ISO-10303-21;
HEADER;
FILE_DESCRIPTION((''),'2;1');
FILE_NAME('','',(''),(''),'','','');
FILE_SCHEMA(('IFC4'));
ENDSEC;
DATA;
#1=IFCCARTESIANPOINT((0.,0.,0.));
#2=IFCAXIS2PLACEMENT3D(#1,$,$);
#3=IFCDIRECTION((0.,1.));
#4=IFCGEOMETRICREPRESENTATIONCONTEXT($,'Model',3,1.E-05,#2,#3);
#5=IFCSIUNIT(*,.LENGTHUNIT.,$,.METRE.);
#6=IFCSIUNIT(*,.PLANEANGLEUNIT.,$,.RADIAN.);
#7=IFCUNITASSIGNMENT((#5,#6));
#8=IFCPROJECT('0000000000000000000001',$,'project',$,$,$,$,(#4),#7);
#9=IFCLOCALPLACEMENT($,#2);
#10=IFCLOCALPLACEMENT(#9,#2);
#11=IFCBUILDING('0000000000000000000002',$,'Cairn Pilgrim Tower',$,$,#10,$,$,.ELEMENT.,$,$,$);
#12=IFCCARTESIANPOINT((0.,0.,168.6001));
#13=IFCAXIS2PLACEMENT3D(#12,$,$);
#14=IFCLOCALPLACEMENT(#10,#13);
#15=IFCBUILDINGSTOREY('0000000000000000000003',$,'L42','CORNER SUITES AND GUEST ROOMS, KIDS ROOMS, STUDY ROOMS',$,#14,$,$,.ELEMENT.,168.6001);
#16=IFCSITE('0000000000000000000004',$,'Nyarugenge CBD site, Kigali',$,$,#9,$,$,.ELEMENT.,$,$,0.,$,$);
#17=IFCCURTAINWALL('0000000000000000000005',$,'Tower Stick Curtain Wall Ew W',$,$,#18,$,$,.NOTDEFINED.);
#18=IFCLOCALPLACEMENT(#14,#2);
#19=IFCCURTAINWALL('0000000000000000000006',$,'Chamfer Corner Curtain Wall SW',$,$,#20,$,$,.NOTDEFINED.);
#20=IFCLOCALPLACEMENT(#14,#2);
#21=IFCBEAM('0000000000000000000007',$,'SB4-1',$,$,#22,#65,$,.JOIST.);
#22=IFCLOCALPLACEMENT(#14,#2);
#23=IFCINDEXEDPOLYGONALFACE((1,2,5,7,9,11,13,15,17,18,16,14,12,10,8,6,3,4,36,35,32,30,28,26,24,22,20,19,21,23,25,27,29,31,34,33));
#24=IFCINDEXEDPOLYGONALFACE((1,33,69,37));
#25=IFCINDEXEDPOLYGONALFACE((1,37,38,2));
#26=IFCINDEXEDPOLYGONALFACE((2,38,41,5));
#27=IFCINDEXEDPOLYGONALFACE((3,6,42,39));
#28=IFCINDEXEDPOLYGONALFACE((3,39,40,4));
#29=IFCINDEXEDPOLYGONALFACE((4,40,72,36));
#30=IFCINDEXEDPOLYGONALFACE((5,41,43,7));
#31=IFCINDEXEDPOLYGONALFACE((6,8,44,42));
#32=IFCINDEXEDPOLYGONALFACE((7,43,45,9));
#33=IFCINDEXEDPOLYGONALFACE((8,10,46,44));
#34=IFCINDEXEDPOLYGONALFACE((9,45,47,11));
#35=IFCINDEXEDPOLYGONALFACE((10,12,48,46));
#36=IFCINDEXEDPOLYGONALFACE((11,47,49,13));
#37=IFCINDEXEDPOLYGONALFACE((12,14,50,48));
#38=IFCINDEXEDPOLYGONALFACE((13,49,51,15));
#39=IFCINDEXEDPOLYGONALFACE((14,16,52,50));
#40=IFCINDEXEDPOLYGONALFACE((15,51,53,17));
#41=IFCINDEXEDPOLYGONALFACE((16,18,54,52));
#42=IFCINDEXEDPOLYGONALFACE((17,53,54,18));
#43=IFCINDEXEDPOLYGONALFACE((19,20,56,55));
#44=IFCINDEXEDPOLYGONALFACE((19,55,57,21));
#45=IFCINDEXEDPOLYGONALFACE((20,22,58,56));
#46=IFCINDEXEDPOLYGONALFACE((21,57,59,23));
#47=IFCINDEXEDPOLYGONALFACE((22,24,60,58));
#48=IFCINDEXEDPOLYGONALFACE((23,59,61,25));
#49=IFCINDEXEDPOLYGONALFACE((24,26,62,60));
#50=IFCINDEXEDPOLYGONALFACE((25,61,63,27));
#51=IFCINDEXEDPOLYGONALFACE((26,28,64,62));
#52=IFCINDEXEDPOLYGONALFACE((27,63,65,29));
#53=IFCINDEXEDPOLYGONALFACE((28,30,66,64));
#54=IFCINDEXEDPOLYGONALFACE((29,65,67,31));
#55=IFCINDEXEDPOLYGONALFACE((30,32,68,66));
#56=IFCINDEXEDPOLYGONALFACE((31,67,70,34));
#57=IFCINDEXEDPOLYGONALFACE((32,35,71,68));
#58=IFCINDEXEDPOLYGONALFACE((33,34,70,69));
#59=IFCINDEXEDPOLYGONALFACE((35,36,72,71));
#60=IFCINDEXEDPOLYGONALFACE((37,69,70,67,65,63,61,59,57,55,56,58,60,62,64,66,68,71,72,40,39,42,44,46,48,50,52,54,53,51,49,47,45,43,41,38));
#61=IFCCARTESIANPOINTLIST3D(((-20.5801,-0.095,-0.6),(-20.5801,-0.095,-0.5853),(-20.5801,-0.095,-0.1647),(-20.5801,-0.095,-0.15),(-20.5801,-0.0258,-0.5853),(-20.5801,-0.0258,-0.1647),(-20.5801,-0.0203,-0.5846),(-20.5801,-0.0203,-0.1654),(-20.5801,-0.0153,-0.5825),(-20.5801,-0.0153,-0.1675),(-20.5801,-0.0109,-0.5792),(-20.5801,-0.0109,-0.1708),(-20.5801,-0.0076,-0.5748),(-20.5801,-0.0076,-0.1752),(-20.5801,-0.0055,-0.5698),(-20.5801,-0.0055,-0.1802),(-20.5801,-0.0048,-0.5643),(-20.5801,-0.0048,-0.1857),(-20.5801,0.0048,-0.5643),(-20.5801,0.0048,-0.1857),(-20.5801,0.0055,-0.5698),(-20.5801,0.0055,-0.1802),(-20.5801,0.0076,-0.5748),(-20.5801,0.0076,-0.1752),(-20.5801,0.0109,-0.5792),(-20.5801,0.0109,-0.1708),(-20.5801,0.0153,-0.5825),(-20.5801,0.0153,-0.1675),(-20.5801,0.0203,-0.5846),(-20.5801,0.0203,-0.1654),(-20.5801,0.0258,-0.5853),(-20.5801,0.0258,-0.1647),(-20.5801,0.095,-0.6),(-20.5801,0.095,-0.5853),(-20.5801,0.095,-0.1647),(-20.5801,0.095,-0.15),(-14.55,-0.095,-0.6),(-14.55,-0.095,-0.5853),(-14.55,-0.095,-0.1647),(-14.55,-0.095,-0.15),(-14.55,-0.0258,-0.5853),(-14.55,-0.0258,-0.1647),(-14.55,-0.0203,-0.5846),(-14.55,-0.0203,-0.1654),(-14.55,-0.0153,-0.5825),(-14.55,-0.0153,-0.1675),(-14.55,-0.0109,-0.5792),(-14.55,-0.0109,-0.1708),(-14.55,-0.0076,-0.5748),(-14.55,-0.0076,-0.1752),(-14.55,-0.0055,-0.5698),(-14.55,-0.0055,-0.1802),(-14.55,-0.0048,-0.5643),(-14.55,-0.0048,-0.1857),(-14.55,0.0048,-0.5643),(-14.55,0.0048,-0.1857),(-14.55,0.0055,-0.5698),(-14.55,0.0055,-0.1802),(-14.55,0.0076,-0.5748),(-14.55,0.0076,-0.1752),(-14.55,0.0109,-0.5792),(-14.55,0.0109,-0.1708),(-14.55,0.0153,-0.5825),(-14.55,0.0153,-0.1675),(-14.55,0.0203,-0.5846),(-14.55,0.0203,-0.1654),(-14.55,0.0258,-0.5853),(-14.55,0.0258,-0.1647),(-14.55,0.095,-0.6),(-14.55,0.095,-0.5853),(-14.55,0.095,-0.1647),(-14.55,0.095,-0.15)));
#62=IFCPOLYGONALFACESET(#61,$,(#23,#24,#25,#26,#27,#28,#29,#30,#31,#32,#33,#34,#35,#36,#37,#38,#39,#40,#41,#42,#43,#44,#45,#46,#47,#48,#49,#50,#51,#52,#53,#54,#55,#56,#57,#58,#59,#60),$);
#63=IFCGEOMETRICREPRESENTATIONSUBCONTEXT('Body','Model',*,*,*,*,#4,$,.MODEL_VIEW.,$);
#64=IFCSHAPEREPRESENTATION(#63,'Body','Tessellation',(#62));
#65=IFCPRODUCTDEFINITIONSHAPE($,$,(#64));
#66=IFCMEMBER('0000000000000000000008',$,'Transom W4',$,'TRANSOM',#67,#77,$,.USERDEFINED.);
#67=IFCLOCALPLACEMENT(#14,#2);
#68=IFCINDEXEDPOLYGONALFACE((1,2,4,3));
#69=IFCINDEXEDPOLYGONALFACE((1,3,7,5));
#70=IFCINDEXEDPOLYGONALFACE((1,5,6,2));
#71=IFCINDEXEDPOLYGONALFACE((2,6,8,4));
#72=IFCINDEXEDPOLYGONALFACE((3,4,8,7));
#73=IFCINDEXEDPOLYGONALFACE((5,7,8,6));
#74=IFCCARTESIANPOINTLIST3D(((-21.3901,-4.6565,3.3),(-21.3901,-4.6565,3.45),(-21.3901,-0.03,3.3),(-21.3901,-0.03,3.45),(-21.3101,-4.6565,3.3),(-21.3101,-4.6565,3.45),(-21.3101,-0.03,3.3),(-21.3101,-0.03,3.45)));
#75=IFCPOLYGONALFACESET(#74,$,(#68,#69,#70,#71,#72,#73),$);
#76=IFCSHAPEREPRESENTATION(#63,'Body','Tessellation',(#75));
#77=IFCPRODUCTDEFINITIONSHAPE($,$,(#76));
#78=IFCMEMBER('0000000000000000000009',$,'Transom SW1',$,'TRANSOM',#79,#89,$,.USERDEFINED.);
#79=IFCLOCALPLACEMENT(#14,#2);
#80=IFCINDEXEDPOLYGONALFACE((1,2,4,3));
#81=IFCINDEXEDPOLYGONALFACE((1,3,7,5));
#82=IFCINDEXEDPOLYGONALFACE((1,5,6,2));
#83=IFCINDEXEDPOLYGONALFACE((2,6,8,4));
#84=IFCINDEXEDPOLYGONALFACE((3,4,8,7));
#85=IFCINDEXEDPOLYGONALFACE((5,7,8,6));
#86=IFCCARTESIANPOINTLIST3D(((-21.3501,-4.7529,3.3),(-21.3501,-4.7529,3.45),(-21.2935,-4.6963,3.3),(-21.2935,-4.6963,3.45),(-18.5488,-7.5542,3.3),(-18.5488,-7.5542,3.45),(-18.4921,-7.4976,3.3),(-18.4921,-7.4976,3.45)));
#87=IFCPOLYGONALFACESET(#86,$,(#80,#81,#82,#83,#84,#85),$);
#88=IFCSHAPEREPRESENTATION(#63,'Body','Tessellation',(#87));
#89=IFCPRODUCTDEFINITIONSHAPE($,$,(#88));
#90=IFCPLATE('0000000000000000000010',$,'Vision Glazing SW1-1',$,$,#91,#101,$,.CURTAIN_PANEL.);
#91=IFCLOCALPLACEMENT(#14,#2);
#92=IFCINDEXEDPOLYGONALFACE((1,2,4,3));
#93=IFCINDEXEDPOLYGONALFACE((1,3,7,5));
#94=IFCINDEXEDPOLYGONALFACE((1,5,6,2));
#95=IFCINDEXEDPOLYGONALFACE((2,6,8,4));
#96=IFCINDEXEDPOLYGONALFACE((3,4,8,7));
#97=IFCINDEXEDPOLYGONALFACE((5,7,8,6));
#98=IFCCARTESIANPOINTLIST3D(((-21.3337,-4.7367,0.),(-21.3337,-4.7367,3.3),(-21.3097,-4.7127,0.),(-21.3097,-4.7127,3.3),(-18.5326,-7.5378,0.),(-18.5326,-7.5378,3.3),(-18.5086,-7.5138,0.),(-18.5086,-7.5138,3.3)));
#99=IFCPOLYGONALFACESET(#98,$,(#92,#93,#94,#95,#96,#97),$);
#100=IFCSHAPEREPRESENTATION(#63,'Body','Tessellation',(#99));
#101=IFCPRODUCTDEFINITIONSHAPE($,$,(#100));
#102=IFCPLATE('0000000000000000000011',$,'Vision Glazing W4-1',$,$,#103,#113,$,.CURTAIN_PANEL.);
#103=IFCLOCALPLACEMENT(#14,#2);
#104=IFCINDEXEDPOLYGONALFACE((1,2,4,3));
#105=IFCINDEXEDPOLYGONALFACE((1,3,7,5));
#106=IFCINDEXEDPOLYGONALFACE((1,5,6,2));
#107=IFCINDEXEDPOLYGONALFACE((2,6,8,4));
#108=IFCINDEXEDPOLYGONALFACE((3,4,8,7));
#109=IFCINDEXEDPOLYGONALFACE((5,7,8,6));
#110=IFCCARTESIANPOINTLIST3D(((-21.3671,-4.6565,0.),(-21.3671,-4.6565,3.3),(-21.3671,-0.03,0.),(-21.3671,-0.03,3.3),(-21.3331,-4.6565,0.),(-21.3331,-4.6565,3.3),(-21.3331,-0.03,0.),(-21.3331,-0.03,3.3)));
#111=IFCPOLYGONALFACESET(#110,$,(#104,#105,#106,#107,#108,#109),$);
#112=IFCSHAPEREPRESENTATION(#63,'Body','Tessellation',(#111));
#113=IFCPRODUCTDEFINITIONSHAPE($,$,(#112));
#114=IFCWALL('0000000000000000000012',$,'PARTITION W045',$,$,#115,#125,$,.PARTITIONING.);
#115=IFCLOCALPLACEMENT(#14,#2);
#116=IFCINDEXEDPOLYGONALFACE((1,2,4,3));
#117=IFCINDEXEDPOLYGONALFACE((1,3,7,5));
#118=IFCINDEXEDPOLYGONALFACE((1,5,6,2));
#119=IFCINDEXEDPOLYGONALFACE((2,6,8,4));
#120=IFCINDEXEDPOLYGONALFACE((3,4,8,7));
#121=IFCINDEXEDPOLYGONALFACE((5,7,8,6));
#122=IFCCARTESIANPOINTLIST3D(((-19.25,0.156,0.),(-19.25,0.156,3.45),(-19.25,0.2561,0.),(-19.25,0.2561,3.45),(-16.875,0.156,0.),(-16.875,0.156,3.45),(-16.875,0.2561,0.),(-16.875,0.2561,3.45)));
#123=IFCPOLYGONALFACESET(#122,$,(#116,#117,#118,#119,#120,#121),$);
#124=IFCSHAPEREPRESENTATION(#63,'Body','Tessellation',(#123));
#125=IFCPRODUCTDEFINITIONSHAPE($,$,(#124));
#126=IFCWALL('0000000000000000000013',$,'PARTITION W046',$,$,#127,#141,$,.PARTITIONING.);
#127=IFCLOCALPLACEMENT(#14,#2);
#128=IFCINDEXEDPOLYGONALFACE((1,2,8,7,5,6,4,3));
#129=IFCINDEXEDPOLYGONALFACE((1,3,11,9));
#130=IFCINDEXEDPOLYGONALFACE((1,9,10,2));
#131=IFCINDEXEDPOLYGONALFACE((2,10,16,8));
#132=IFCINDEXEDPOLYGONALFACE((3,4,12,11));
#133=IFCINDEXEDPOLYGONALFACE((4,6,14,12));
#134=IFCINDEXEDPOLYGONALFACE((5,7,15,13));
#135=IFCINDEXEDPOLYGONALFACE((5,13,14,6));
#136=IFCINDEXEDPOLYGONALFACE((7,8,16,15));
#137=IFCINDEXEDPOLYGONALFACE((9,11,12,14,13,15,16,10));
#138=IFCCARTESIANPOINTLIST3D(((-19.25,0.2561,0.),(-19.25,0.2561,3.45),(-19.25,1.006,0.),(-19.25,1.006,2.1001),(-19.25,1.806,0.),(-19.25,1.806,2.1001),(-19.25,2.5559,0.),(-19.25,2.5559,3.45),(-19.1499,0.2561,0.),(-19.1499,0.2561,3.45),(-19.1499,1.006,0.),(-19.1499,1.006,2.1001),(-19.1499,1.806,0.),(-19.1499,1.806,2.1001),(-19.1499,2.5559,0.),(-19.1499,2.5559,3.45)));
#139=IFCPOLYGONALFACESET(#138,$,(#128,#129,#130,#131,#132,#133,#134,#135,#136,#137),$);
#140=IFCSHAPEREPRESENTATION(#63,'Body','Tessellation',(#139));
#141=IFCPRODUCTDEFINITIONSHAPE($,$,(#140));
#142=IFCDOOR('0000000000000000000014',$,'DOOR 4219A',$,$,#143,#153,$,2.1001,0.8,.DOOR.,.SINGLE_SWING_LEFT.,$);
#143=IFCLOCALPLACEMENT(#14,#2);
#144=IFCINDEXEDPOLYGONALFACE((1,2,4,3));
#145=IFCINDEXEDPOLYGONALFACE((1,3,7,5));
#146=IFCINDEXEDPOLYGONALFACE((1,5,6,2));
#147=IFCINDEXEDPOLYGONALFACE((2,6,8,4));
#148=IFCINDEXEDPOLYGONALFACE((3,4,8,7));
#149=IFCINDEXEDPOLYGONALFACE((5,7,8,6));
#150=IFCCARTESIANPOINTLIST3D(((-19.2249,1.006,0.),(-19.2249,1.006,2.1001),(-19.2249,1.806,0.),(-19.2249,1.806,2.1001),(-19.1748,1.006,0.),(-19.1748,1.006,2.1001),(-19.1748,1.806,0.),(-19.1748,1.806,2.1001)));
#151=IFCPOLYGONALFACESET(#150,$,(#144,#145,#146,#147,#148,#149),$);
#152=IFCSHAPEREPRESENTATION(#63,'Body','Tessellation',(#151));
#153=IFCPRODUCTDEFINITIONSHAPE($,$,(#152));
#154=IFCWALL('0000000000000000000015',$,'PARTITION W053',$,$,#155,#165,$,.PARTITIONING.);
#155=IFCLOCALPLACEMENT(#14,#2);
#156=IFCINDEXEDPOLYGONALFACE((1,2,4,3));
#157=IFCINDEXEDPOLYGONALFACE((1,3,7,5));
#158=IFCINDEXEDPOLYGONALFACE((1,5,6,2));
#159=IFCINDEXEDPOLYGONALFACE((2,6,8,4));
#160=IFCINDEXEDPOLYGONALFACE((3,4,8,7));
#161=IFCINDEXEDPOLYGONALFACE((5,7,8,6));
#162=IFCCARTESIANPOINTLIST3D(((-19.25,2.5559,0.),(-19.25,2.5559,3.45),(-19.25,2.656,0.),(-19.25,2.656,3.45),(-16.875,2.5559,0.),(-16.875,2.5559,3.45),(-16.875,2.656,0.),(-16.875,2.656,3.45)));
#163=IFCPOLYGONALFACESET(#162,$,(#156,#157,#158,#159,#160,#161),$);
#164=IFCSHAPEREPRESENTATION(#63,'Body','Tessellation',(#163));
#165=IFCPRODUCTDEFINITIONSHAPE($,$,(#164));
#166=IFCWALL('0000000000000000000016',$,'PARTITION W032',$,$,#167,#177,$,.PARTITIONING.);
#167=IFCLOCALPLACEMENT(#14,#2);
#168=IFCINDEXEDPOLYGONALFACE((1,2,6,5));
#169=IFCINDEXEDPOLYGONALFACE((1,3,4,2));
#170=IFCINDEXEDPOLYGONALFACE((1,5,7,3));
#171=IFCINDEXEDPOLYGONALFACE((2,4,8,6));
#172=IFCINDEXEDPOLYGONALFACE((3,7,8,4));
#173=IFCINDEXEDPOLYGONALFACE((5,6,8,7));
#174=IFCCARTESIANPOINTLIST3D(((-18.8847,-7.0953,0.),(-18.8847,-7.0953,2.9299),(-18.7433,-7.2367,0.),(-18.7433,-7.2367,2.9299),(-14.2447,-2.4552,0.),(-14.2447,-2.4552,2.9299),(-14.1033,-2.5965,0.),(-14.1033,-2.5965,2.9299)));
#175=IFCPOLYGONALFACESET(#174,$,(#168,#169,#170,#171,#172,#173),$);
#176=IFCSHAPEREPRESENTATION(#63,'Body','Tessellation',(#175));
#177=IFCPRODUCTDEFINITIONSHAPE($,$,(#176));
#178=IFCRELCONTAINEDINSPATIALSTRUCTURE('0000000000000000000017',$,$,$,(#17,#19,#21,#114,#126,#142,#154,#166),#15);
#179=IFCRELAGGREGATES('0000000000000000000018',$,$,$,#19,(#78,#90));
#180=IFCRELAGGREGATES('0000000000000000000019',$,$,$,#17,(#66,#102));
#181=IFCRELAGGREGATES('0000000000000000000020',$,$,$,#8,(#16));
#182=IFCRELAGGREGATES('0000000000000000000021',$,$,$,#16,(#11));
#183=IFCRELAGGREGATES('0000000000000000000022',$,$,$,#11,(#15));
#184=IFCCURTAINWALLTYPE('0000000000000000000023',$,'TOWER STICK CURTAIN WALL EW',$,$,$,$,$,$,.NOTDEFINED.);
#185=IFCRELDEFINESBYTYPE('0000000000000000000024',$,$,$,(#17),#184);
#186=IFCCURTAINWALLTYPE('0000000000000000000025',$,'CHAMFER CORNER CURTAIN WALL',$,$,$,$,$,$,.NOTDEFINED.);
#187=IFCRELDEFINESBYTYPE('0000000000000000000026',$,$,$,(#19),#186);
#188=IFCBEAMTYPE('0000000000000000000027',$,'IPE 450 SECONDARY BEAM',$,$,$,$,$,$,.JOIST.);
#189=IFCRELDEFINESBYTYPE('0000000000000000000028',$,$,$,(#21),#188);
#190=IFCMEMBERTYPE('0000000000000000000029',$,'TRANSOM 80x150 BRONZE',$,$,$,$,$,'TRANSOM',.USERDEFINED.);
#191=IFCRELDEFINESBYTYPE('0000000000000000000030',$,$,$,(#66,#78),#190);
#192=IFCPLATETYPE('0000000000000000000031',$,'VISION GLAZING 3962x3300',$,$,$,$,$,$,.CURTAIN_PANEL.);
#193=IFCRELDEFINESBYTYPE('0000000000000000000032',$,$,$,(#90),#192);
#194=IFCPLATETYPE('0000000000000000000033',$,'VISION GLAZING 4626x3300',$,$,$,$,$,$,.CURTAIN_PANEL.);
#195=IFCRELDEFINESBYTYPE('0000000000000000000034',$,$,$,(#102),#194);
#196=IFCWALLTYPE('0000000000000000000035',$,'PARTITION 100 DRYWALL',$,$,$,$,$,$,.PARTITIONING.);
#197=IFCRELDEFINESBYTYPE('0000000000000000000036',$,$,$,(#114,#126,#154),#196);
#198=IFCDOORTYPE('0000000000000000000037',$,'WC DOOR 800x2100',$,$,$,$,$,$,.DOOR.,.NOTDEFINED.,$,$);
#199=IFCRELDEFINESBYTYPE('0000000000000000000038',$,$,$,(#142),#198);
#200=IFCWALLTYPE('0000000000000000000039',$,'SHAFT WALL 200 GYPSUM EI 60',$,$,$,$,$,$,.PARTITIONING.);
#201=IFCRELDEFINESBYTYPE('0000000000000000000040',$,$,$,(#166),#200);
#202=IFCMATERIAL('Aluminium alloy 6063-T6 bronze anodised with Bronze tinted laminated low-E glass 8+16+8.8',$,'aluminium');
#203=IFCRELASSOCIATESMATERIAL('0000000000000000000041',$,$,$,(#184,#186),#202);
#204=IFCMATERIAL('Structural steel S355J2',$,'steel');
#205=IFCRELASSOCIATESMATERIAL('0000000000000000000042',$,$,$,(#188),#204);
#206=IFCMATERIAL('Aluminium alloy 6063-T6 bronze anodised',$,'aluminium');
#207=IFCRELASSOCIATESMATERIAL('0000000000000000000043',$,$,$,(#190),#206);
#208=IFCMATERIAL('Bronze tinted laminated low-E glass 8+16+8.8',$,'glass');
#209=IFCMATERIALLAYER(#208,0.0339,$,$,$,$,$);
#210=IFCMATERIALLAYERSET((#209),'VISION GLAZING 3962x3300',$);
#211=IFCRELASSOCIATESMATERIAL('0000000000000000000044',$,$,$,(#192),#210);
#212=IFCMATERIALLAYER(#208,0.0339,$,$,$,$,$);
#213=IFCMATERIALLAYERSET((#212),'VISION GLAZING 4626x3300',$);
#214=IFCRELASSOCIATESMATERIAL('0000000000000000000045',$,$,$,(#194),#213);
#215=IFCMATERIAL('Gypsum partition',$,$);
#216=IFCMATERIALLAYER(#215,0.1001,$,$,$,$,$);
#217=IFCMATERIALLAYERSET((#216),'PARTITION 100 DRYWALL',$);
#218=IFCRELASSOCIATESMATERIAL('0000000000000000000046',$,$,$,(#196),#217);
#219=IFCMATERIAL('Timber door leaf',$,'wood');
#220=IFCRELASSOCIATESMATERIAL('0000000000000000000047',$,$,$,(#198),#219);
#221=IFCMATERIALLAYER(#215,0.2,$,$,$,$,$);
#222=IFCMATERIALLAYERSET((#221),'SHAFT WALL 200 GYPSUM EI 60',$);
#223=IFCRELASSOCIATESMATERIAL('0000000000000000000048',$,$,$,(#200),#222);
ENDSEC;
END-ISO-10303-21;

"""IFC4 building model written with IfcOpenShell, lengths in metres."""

from ifc_helpers import new_model, si_unit, direction, frame, frame_2d, origin, origin_2d, place, context, subcontext, project, spatial, rectangle, i_section, extrude, material, layer, layer_set, material_profile, profile_set, type_object, element, fill, aggregate, save


model = new_model("IFC4")

# Units and contexts
model_context = context("Model", 3, precision=1e-05, world=origin(), true_north=direction((0.0, 1.0)))
body_context = subcontext(model_context, "Body", "Model", "MODEL_VIEW")
ifc_project = project(units=[si_unit("LENGTHUNIT", "METRE"), si_unit("PLANEANGLEUNIT", "RADIAN")], contexts=[model_context])

# Site, building, storey
site_placement = place(None, origin())
site = spatial("IfcSite", under=ifc_project, at=site_placement, Name="Nyarugenge CBD site, Kigali", CompositionType="ELEMENT", RefElevation=0.0)
building_placement = place(site_placement, origin())
building = spatial("IfcBuilding", under=site, at=building_placement, Name="Cairn Pilgrim Tower", CompositionType="ELEMENT")
storey_placement = place(building_placement, frame((0.0, 0.0, 168.6001)))
storey = spatial("IfcBuildingStorey", under=building, at=storey_placement, Name="L42", Description="CORNER SUITES AND GUEST ROOMS, KIDS ROOMS, STUDY ROOMS", CompositionType="ELEMENT", Elevation=168.6001)

# Curtain walls
ifc_material_1 = material(Name="Aluminium alloy 6063-T6 bronze anodised with Bronze tinted laminated low-E glass 8+16+8.8", Category="aluminium")
curtain_wall_type_1 = type_object("IfcCurtainWallType", Name="TOWER STICK CURTAIN WALL EW", PredefinedType="NOTDEFINED", material=ifc_material_1)
curtain_wall_1_placement = place(storey_placement, origin())
curtain_wall_1 = element("IfcCurtainWall", 1, at=curtain_wall_1_placement, inside=storey, type_object=curtain_wall_type_1, Name="Tower Stick Curtain Wall Ew W", PredefinedType="NOTDEFINED")
ifc_material_2 = material(Name="Aluminium alloy 6063-T6 bronze anodised", Category="aluminium")
curtain_wall_type_2 = type_object("IfcCurtainWallType", Name="CHAMFER CORNER CURTAIN WALL", PredefinedType="NOTDEFINED", material=ifc_material_1)
curtain_wall_2_placement = place(storey_placement, origin())
curtain_wall_2 = element("IfcCurtainWall", 2, at=curtain_wall_2_placement, inside=storey, type_object=curtain_wall_type_2, Name="Chamfer Corner Curtain Wall SW", PredefinedType="NOTDEFINED")

# Beam
ifc_material_3 = material(Name="Structural steel S355J2", Category="steel")
ifc_material_profile_1 = material_profile(ifc_material_3, i_section(OverallWidth=0.1899, OverallDepth=0.45, WebThickness=0.0095, FlangeThickness=0.0146, FilletRadius=0.021, at=origin_2d()), Name="IPE 450")
ifc_profile_set_1 = profile_set([ifc_material_profile_1], Name="Structural steel S355J2")
beam_type_1 = type_object("IfcBeamType", Name="IPE 450 SECONDARY BEAM", PredefinedType="JOIST", material=ifc_profile_set_1)
beam_1_placement = place(storey_placement, frame((-20.5801, 0.0, -0.375), z_axis=(1.0, 0.0, 0.0), x_axis=(0.0, 1.0, 0.0)))
element("IfcBeam", 3, at=beam_1_placement, inside=storey, type_object=beam_type_1, Name="SB4-1", PredefinedType="JOIST", context=body_context, shape_type="SweptSolid", body=[
    extrude(i_section(OverallWidth=0.1899, OverallDepth=0.45, WebThickness=0.0095, FlangeThickness=0.0146, FilletRadius=0.021, at=origin_2d()), origin(), (0.0, 0.0, 1.0), 6.03),
])

# Members
ifc_material_profile_2 = material_profile(ifc_material_2, rectangle(XDim=0.0801, YDim=0.1499, at=origin_2d()), Name="TRANSOM 80x150 BRONZE")
ifc_profile_set_2 = profile_set([ifc_material_profile_2], Name="Aluminium alloy 6063-T6 bronze anodised")
member_type_1 = type_object("IfcMemberType", Name="TRANSOM 80x150 BRONZE", ElementType="TRANSOM", PredefinedType="USERDEFINED", material=ifc_profile_set_2)
member_1_placement = place(storey_placement, frame((-21.3501, -0.03, 3.375), z_axis=(0.0, -1.0, 0.0), x_axis=(1.0, 0.0, 0.0)))
member_1 = element("IfcMember", 4, at=member_1_placement, type_object=member_type_1, Name="Transom W4", ObjectType="TRANSOM", PredefinedType="USERDEFINED", context=body_context, shape_type="SweptSolid", body=[
    extrude(rectangle(XDim=0.0801, YDim=0.1499, at=origin_2d()), origin(), (0.0, 0.0, 1.0), 4.6265),
])
member_2_placement = place(storey_placement, frame((-21.3218, -4.7246, 3.375), z_axis=(0.707107, -0.707107, 0.0), x_axis=(0.707107, 0.707107, 0.0)))
member_2 = element("IfcMember", 5, at=member_2_placement, type_object=member_type_1, Name="Transom SW1", ObjectType="TRANSOM", PredefinedType="USERDEFINED", context=body_context, shape_type="SweptSolid", body=[
    extrude(rectangle(XDim=0.0801, YDim=0.1499, at=origin_2d()), origin(), (0.0, 0.0, 1.0), 3.9617),
])

# Plates
ifc_material_4 = material(Name="Bronze tinted laminated low-E glass 8+16+8.8", Category="glass")
ifc_layer_1 = layer(ifc_material_4, 0.0339)
ifc_layer_set_1 = layer_set([ifc_layer_1], Name="VISION GLAZING 3962x3300")
plate_type_1 = type_object("IfcPlateType", Name="VISION GLAZING 3962x3300", PredefinedType="CURTAIN_PANEL", material=ifc_layer_set_1)
plate_1_placement = place(storey_placement, frame((-19.9211, -6.1252, 0.0), z_axis=(0.0, 0.0, 1.0), x_axis=(0.707107, -0.707107, 0.0)))
plate_1 = element("IfcPlate", 6, at=plate_1_placement, type_object=plate_type_1, Name="Vision Glazing SW1-1", PredefinedType="CURTAIN_PANEL", context=body_context, shape_type="SweptSolid", body=[
    extrude(rectangle(XDim=3.9614, YDim=0.0339, at=origin_2d()), origin(), (0.0, 0.0, 1.0), 3.3),
])
aggregate(curtain_wall_2, [member_2, plate_1])
ifc_layer_2 = layer(ifc_material_4, 0.0339)
ifc_layer_set_2 = layer_set([ifc_layer_2], Name="VISION GLAZING 4626x3300")
plate_type_2 = type_object("IfcPlateType", Name="VISION GLAZING 4626x3300", PredefinedType="CURTAIN_PANEL", material=ifc_layer_set_2)
plate_2_placement = place(storey_placement, frame((-21.3501, -2.3433, 0.0), z_axis=(0.0, 0.0, 1.0), x_axis=(0.0, -1.0, 0.0)))
plate_2 = element("IfcPlate", 7, at=plate_2_placement, type_object=plate_type_2, Name="Vision Glazing W4-1", PredefinedType="CURTAIN_PANEL", context=body_context, shape_type="SweptSolid", body=[
    extrude(rectangle(XDim=4.6265, YDim=0.0339, at=origin_2d()), origin(), (0.0, 0.0, 1.0), 3.3),
])
aggregate(curtain_wall_1, [member_1, plate_2])

# Wall
ifc_material_5 = material(Name="Gypsum partition")
ifc_layer_3 = layer(ifc_material_5, 0.1001)
ifc_layer_set_3 = layer_set([ifc_layer_3], Name="PARTITION 100 DRYWALL")
wall_type_1 = type_object("IfcWallType", Name="PARTITION 100 DRYWALL", PredefinedType="PARTITIONING", material=ifc_layer_set_3)
wall_1_placement = place(storey_placement, frame((-19.25, 0.2061, 0.0), z_axis=(0.0, 0.0, 1.0), x_axis=(1.0, 0.0, 0.0)))
element("IfcWall", 8, at=wall_1_placement, inside=storey, type_object=wall_type_1, Name="PARTITION W045", PredefinedType="PARTITIONING", context=body_context, shape_type="SweptSolid", body=[
    extrude(rectangle(XDim=2.375, YDim=0.1001, at=frame_2d((1.1875, 0.0))), origin(), (0.0, 0.0, 1.0), 3.45),
])

# Wall, opening, door
wall_2_placement = place(storey_placement, frame((-19.2, 0.2561, 0.0), z_axis=(0.0, 0.0, 1.0), x_axis=(0.0, 1.0, 0.0)))
wall_2 = element("IfcWall", 9, at=wall_2_placement, inside=storey, type_object=wall_type_1, Name="PARTITION W046", PredefinedType="PARTITIONING", context=body_context, shape_type="SweptSolid", body=[
    extrude(rectangle(XDim=2.2998, YDim=0.1001, at=frame_2d((1.1499, 0.0))), origin(), (0.0, 0.0, 1.0), 3.45),
])
opening_placement = place(wall_2_placement, frame((0.75, 0.0, 0.0)))
opening = element("IfcOpeningElement", 10, at=opening_placement, cuts=wall_2, PredefinedType="OPENING", context=body_context, shape_type="SweptSolid", body=[
    extrude(rectangle(XDim=0.8, YDim=2.1001, at=frame_2d((0.3999, 1.05))), frame((0.0, 0.0601, 0.0), z_axis=(0.0, -1.0, 0.0), x_axis=(1.0, 0.0, 0.0)), (0.0, 0.0, 1.0), 0.1201),
])
ifc_material_6 = material(Name="Timber door leaf", Category="wood")
door_type = type_object("IfcDoorType", Name="WC DOOR 800x2100", OperationType="NOTDEFINED", PredefinedType="DOOR", material=ifc_material_6)
door_placement = place(opening_placement, origin())
door = element("IfcDoor", 11, at=door_placement, inside=storey, type_object=door_type, Name="DOOR 4219A", OperationType="SINGLE_SWING_LEFT", OverallHeight=2.1001, OverallWidth=0.8, PredefinedType="DOOR", context=body_context, shape_type="SweptSolid", body=[
    extrude(rectangle(XDim=0.8, YDim=2.1001, at=frame_2d((0.3999, 1.05))), frame((0.0, 0.0249, 0.0), z_axis=(0.0, -1.0, 0.0), x_axis=(1.0, 0.0, 0.0)), (0.0, 0.0, 1.0), 0.05),
])
fill(opening, door)

# Walls
wall_3_placement = place(storey_placement, frame((-19.25, 2.606, 0.0), z_axis=(0.0, 0.0, 1.0), x_axis=(1.0, 0.0, 0.0)))
element("IfcWall", 12, at=wall_3_placement, inside=storey, type_object=wall_type_1, Name="PARTITION W053", PredefinedType="PARTITIONING", context=body_context, shape_type="SweptSolid", body=[
    extrude(rectangle(XDim=2.375, YDim=0.1001, at=frame_2d((1.1875, 0.0))), origin(), (0.0, 0.0, 1.0), 3.45),
])
ifc_layer_4 = layer(ifc_material_5, 0.2)
ifc_layer_set_4 = layer_set([ifc_layer_4], Name="SHAFT WALL 200 GYPSUM EI 60")
wall_type_2 = type_object("IfcWallType", Name="SHAFT WALL 200 GYPSUM EI 60", PredefinedType="PARTITIONING", material=ifc_layer_set_4)
wall_4_placement = place(storey_placement, frame((-18.814, -7.166, 0.0), z_axis=(0.0, 0.0, 1.0), x_axis=(0.707088, 0.707125, 0.0)))
element("IfcWall", 13, at=wall_4_placement, inside=storey, type_object=wall_type_2, Name="PARTITION W032", PredefinedType="PARTITIONING", context=body_context, shape_type="SweptSolid", body=[
    extrude(rectangle(XDim=6.562, YDim=0.2, at=frame_2d((3.281, 0.0))), origin(), (0.0, 0.0, 1.0), 2.9299),
])

save(model, "model.ifc")
